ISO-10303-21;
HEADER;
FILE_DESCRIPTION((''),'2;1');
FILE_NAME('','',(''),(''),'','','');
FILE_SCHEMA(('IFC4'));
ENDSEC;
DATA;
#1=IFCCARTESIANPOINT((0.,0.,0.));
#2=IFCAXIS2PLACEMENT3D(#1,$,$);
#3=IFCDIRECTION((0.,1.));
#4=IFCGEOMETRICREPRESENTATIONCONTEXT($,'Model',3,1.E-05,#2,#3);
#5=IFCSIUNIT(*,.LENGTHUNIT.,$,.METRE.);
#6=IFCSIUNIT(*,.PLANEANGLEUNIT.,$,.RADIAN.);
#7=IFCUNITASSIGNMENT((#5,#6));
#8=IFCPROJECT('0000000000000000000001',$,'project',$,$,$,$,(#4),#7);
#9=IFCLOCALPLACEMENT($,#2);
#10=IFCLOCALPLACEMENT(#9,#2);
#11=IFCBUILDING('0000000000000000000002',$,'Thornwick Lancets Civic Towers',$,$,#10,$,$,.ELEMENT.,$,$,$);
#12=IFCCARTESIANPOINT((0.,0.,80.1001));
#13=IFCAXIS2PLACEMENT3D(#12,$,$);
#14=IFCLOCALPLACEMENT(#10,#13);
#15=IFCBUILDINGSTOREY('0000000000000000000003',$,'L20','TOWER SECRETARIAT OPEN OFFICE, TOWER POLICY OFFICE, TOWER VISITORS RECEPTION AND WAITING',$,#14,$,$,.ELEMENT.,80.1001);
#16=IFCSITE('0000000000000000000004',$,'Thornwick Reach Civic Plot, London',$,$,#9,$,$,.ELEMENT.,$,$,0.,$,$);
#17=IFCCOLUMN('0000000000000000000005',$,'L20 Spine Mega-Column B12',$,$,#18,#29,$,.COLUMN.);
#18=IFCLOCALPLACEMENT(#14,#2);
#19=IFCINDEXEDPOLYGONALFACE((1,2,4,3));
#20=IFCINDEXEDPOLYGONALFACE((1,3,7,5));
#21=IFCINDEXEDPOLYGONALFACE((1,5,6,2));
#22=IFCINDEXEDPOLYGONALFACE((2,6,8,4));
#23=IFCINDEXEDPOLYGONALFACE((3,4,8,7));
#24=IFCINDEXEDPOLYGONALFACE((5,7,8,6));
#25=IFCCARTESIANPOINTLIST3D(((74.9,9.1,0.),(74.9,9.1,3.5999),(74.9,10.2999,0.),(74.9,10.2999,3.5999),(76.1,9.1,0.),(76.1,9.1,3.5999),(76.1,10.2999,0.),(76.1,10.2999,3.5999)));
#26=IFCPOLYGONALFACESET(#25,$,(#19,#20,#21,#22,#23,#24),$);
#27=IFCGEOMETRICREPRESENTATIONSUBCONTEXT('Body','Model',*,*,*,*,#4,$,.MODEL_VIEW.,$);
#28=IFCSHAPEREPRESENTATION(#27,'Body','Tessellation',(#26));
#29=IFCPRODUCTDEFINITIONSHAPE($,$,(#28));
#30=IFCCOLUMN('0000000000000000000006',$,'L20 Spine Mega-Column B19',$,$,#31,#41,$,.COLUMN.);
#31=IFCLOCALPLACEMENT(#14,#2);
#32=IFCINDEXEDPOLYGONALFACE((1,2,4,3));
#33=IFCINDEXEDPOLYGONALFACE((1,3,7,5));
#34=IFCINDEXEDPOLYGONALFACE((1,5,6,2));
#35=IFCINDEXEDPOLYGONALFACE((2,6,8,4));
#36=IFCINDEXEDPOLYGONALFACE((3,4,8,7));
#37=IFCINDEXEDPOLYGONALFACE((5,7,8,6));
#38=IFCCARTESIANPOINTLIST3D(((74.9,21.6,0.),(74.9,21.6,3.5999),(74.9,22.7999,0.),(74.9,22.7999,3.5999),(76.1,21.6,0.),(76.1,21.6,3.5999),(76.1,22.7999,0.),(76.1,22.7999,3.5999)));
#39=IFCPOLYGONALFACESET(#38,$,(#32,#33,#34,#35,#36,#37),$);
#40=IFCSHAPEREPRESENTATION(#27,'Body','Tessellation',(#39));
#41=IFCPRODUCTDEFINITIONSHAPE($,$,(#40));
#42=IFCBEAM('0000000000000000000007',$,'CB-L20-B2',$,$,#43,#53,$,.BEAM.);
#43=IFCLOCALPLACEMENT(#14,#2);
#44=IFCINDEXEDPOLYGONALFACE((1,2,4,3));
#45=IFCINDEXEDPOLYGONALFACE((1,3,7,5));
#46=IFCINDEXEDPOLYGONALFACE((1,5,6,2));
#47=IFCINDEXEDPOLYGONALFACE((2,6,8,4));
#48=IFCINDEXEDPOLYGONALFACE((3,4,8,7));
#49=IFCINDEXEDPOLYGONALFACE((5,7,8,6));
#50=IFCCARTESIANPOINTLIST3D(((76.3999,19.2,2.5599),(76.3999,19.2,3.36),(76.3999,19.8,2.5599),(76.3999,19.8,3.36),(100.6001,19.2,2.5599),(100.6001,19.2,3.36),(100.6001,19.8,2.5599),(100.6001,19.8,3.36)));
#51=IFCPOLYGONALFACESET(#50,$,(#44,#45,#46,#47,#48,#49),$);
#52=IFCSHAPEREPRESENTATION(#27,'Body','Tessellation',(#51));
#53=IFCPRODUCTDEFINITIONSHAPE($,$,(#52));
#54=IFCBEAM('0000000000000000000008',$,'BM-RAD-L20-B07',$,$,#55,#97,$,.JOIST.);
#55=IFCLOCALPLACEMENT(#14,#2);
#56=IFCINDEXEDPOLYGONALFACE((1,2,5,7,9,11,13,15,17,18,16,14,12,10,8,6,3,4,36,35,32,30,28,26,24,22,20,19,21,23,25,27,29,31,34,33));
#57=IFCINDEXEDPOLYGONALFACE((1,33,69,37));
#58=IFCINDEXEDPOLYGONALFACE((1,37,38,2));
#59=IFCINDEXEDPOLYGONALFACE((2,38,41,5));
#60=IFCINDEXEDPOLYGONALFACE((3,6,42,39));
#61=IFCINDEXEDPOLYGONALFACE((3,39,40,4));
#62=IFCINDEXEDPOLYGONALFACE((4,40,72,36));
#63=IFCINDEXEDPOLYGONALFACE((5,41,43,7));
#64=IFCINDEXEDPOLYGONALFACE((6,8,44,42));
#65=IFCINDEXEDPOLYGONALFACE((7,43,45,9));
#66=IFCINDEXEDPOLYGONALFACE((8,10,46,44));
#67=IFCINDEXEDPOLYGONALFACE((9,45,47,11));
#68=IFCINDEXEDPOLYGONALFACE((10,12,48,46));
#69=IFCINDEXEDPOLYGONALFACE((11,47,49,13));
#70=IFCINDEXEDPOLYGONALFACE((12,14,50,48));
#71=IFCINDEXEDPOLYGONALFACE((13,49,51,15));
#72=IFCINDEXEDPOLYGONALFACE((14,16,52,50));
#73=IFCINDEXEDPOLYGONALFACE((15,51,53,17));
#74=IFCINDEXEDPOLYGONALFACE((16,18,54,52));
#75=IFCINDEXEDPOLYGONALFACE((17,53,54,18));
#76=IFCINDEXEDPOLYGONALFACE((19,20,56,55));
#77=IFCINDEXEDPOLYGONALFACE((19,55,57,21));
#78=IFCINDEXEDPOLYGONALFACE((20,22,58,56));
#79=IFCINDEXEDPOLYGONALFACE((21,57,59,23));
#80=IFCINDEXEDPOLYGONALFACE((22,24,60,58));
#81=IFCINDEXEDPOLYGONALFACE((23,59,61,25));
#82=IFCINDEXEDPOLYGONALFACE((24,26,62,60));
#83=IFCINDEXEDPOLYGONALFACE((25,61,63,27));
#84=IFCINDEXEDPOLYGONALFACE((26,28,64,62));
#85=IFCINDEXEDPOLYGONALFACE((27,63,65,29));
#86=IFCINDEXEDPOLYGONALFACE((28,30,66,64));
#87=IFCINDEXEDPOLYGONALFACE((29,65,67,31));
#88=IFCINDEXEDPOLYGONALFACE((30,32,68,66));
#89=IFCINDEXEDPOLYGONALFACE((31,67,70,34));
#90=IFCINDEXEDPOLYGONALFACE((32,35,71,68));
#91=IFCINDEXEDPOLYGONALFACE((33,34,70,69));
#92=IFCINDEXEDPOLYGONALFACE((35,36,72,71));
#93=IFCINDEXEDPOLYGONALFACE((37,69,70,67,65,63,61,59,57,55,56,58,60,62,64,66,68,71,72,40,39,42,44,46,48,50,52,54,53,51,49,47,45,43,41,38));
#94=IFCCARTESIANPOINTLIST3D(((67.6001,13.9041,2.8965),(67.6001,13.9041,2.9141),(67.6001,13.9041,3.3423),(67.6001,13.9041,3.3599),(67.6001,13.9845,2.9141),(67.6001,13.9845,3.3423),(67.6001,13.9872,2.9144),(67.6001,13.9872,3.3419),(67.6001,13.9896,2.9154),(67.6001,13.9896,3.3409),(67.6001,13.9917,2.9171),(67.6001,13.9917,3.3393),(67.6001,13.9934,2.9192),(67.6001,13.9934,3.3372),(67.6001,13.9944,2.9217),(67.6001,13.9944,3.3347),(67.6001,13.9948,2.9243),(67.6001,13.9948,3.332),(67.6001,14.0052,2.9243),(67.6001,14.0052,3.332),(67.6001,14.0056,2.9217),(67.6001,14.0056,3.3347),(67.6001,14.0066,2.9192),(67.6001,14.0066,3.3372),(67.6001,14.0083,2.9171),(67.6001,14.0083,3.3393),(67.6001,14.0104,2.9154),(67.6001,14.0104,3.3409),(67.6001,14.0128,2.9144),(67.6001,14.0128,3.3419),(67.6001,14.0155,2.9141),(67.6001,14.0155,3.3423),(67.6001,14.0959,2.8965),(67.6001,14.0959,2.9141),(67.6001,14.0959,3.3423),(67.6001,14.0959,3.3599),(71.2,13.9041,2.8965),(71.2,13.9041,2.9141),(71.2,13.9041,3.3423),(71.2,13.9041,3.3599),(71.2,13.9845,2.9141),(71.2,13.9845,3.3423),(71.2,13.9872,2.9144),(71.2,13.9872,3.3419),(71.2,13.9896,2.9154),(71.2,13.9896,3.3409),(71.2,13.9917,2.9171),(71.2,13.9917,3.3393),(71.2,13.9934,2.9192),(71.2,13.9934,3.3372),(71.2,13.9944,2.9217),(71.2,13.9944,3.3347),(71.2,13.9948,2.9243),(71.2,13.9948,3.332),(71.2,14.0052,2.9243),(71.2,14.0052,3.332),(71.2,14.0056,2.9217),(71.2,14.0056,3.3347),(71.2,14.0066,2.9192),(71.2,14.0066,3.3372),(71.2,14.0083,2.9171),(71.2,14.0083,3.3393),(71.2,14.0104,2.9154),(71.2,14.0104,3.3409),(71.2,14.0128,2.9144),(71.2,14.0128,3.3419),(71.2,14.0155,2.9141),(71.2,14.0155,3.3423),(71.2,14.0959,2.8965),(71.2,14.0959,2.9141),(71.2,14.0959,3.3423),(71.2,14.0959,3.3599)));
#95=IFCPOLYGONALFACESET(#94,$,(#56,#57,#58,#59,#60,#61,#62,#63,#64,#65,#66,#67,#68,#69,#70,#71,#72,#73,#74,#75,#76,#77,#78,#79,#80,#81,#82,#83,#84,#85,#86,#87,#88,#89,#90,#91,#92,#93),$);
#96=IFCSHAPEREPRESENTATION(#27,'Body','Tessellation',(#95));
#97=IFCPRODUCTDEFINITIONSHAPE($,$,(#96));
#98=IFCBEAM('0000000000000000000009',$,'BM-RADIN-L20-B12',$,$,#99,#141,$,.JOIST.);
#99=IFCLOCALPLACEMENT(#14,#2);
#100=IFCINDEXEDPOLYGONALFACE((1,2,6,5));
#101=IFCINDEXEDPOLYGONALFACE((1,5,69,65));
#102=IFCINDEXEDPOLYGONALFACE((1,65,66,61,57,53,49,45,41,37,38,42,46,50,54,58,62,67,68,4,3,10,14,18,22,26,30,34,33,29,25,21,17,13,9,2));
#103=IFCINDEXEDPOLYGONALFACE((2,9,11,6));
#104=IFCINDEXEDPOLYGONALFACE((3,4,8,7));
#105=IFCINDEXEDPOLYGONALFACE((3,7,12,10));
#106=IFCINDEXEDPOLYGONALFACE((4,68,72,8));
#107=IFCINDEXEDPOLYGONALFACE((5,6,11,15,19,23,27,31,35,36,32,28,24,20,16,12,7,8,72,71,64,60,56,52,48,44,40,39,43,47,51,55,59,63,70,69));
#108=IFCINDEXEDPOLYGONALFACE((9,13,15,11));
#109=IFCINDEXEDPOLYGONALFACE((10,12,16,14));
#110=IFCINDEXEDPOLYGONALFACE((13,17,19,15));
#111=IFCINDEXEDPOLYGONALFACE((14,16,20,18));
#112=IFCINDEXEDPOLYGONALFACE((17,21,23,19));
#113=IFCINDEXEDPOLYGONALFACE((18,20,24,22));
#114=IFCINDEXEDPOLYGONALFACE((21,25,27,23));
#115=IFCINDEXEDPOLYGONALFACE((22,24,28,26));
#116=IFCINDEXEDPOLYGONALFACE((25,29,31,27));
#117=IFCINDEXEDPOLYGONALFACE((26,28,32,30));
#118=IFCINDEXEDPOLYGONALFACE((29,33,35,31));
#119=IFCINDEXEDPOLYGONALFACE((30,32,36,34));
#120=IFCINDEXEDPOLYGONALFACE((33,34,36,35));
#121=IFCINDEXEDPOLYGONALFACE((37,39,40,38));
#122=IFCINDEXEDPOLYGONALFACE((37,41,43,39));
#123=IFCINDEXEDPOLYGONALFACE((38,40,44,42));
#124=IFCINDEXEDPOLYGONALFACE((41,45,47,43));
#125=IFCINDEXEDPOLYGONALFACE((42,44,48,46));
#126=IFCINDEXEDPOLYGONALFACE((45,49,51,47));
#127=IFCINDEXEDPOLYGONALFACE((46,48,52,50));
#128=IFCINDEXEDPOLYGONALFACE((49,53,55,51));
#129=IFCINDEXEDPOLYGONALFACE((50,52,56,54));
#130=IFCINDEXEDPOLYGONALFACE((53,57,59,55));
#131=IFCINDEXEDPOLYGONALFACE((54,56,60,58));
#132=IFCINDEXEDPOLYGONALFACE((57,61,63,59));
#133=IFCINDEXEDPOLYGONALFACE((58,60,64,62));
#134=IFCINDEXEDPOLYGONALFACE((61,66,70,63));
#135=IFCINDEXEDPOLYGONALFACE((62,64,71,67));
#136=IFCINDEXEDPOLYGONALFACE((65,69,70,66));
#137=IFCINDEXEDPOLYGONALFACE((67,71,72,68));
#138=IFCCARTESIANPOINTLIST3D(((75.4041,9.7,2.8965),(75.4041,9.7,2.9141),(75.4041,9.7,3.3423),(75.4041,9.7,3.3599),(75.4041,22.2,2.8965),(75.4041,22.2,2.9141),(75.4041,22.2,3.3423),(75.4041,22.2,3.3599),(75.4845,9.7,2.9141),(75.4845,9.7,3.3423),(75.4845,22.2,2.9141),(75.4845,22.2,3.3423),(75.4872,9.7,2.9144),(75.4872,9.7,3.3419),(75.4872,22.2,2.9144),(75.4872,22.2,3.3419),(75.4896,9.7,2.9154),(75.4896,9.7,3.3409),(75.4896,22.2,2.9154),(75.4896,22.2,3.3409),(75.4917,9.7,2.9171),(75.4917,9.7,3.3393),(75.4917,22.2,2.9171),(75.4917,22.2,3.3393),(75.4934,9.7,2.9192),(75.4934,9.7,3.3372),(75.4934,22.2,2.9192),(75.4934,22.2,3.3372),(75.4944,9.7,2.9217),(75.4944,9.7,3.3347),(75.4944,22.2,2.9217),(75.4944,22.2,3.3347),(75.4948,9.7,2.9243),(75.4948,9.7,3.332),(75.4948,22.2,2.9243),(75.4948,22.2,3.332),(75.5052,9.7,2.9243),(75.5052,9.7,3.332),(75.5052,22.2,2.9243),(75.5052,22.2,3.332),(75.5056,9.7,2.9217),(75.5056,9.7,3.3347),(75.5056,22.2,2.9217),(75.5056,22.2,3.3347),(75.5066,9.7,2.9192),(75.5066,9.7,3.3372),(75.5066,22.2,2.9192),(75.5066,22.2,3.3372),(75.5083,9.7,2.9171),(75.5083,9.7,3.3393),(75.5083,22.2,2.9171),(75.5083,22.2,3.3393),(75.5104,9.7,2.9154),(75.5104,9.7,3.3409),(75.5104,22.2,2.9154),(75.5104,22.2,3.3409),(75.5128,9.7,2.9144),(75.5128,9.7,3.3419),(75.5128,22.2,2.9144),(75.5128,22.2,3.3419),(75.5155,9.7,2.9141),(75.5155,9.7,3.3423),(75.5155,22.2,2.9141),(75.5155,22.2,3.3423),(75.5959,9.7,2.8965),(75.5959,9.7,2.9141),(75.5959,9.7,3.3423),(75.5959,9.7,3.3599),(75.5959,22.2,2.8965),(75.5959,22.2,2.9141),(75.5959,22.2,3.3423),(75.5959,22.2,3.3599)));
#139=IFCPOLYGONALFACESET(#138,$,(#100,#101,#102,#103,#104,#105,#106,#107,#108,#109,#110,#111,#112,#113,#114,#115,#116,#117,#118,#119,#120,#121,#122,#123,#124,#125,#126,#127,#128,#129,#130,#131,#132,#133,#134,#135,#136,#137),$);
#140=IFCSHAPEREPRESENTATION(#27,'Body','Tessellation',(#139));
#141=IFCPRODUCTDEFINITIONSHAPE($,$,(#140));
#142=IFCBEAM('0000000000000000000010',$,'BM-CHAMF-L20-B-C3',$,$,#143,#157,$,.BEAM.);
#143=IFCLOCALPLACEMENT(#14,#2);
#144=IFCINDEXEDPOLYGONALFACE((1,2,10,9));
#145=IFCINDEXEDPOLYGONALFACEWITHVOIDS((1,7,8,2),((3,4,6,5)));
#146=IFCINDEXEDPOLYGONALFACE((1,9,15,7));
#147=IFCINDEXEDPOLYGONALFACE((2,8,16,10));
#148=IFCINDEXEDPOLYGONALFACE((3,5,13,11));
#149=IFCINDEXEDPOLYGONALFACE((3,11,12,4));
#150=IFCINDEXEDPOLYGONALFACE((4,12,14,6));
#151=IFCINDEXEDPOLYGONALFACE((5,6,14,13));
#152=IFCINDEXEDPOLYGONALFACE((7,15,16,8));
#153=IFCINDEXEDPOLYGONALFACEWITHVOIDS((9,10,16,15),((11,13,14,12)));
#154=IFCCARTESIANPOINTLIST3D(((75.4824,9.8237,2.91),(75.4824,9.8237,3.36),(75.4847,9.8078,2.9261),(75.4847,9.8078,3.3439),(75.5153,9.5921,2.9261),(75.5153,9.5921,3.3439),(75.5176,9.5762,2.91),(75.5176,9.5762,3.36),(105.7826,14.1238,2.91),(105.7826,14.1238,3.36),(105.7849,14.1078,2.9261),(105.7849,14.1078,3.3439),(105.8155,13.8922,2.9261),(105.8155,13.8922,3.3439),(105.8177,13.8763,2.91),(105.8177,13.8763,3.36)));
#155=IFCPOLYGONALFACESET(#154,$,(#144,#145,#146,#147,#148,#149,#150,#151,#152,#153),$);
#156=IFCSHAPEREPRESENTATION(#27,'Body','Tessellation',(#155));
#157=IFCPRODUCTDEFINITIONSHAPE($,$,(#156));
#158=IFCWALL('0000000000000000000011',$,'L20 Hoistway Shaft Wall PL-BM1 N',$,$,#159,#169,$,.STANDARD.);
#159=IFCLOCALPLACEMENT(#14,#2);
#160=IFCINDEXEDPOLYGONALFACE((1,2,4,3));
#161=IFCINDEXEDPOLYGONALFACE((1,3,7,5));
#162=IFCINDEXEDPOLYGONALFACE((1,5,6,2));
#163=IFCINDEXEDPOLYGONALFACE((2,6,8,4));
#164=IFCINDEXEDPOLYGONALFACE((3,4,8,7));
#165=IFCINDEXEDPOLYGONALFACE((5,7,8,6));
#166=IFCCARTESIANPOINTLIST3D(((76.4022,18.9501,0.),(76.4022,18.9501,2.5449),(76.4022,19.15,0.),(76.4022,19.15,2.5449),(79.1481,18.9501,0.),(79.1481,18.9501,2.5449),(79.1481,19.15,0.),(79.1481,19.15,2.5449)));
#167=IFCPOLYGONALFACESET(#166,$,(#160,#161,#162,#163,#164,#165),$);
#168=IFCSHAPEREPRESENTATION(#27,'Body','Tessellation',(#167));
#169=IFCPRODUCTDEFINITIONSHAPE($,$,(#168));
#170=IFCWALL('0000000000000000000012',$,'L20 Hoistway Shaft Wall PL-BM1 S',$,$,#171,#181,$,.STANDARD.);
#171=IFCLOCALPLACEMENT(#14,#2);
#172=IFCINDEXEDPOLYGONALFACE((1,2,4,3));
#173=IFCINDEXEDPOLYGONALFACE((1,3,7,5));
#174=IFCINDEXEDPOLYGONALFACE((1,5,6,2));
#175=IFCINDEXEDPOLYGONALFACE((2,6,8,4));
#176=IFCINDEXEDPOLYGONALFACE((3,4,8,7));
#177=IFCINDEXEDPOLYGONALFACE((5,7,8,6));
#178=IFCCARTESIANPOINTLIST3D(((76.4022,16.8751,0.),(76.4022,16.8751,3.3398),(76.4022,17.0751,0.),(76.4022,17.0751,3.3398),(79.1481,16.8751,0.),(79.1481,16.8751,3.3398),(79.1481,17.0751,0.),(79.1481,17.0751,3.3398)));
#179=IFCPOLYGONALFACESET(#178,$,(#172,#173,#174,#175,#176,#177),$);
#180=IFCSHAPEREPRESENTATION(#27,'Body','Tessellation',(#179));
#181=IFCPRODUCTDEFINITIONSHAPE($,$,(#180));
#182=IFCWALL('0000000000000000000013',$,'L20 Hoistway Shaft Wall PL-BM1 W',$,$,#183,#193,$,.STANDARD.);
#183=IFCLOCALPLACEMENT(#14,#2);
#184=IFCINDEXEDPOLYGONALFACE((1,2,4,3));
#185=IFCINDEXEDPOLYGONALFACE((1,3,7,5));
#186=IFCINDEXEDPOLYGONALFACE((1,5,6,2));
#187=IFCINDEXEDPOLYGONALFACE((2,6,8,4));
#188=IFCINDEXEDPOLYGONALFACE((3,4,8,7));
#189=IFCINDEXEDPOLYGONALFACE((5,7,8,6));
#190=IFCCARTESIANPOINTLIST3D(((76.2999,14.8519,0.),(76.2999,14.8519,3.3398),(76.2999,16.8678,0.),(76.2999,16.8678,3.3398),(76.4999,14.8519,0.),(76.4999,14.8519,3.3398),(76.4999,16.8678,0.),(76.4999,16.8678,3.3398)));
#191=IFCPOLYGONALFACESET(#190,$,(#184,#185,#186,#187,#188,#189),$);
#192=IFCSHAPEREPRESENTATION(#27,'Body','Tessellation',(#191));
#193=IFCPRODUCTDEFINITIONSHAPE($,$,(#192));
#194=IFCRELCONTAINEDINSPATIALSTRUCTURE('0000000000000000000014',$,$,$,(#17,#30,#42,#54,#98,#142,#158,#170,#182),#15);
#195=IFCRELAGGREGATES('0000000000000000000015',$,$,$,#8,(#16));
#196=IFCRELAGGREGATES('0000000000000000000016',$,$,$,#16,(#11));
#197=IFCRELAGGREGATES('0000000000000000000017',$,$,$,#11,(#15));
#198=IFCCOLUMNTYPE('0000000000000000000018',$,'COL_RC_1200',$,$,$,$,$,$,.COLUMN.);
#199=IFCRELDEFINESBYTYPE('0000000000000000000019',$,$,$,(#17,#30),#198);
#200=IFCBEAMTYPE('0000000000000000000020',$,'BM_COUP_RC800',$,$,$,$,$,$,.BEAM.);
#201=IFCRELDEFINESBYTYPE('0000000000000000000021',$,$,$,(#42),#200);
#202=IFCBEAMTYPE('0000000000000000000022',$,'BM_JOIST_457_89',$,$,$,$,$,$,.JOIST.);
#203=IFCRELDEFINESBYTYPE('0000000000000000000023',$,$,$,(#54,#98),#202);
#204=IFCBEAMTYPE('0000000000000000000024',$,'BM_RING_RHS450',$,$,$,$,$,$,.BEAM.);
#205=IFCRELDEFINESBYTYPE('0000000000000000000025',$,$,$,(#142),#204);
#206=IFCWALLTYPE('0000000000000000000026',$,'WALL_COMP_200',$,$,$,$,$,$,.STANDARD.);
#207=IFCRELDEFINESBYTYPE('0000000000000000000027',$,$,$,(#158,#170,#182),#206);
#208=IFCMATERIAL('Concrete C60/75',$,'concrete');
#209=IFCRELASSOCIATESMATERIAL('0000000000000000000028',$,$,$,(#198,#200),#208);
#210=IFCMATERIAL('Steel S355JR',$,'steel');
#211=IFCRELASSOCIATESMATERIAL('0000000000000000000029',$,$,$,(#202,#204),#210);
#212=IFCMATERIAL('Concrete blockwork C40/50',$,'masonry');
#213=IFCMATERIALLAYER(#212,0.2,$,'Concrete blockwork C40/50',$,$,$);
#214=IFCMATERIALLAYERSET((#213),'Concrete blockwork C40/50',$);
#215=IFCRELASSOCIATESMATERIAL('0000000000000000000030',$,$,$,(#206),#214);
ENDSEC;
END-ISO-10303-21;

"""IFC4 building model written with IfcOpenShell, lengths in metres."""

from ifc_helpers import new_model, si_unit, direction, frame, frame_2d, origin, origin_2d, place, context, subcontext, project, spatial, rectangle, hollow_rectangle, i_section, extrude, material, layer, layer_set, material_profile, profile_set, type_object, element, save


model = new_model("IFC4")

# Units and contexts
model_context = context("Model", 3, precision=1e-05, world=origin(), true_north=direction((0.0, 1.0)))
body_context = subcontext(model_context, "Body", "Model", "MODEL_VIEW")
ifc_project = project(units=[si_unit("LENGTHUNIT", "METRE"), si_unit("PLANEANGLEUNIT", "RADIAN")], contexts=[model_context])

# Site, building, storey
site_placement = place(None, origin())
site = spatial("IfcSite", under=ifc_project, at=site_placement, Name="Thornwick Reach Civic Plot, London", CompositionType="ELEMENT", RefElevation=0.0)
building_placement = place(site_placement, origin())
building = spatial("IfcBuilding", under=site, at=building_placement, Name="Thornwick Lancets Civic Towers", CompositionType="ELEMENT")
storey_placement = place(building_placement, frame((0.0, 0.0, 80.1001)))
storey = spatial("IfcBuildingStorey", under=building, at=storey_placement, Name="L20", Description="TOWER SECRETARIAT OPEN OFFICE, TOWER POLICY OFFICE, TOWER VISITORS RECEPTION AND WAITING", CompositionType="ELEMENT", Elevation=80.1001)

# Columns
ifc_material_1 = material(Name="Concrete C60/75", Category="concrete")
ifc_material_profile_1 = material_profile(ifc_material_1, rectangle(XDim=1.2, YDim=1.2, at=origin_2d()), Name="RC 1200x1200")
ifc_profile_set_1 = profile_set([ifc_material_profile_1], Name="Concrete C60/75")
column_type = type_object("IfcColumnType", Name="COL_RC_1200", PredefinedType="COLUMN", material=ifc_profile_set_1)
for number, where, z_axis, x_axis, name in (
    (1, (75.5, 9.7, 0.0), (0.0, 0.0, 1.0), (1.0, 0.0, 0.0), "L20 Spine Mega-Column B12"),
    (2, (75.5, 22.2, 0.0), (0.0, 0.0, 1.0), (1.0, 0.0, 0.0), "L20 Spine Mega-Column B19"),
):
    element("IfcColumn", number, at=place(storey_placement, frame(where, z_axis=z_axis, x_axis=x_axis)), inside=storey, type_object=column_type, Name=name, PredefinedType="COLUMN", context=body_context, shape_type="SweptSolid", body=[
        extrude(rectangle(XDim=1.2, YDim=1.2, at=origin_2d()), origin(), (0.0, 0.0, 1.0), 3.5999),
    ])

# Beams
ifc_material_profile_2 = material_profile(ifc_material_1, rectangle(XDim=0.6001, YDim=0.8, at=origin_2d()), Name="RC 600x800")
ifc_profile_set_2 = profile_set([ifc_material_profile_2], Name="Concrete C60/75")
beam_type_1 = type_object("IfcBeamType", Name="BM_COUP_RC800", PredefinedType="BEAM", material=ifc_profile_set_2)
beam_1_placement = place(storey_placement, frame((76.3999, 19.5, 2.96), z_axis=(1.0, 0.0, 0.0), x_axis=(0.0, 1.0, 0.0)))
element("IfcBeam", 3, at=beam_1_placement, inside=storey, type_object=beam_type_1, Name="CB-L20-B2", PredefinedType="BEAM", context=body_context, shape_type="SweptSolid", body=[
    extrude(rectangle(XDim=0.6001, YDim=0.8, at=origin_2d()), origin(), (0.0, 0.0, 1.0), 24.2002),
])
ifc_material_2 = material(Name="Steel S355JR", Category="steel")
ifc_material_profile_3 = material_profile(ifc_material_2, i_section(OverallWidth=0.1919, OverallDepth=0.4634, WebThickness=0.0105, FlangeThickness=0.0176, FilletRadius=0.0103, at=origin_2d()), Name="UKB 457x191x89")
ifc_profile_set_3 = profile_set([ifc_material_profile_3], Name="Steel S355JR")
beam_type_2 = type_object("IfcBeamType", Name="BM_JOIST_457_89", PredefinedType="JOIST", material=ifc_profile_set_3)
beam_2_placement = place(storey_placement, frame((71.2, 14.0, 3.1282), z_axis=(-1.0, 0.0, 0.0), x_axis=(0.0, -1.0, 0.0)))
element("IfcBeam", 4, at=beam_2_placement, inside=storey, type_object=beam_type_2, Name="BM-RAD-L20-B07", PredefinedType="JOIST", context=body_context, shape_type="SweptSolid", body=[
    extrude(i_section(OverallWidth=0.1919, OverallDepth=0.4634, WebThickness=0.0105, FlangeThickness=0.0176, FilletRadius=0.0103, at=origin_2d()), origin(), (0.0, 0.0, 1.0), 3.5999),
])
beam_3_placement = place(storey_placement, frame((75.5, 22.2, 3.1282), z_axis=(0.0, -1.0, 0.0), x_axis=(1.0, 0.0, 0.0)))
element("IfcBeam", 5, at=beam_3_placement, inside=storey, type_object=beam_type_2, Name="BM-RADIN-L20-B12", PredefinedType="JOIST", context=body_context, shape_type="SweptSolid", body=[
    extrude(i_section(OverallWidth=0.1919, OverallDepth=0.4634, WebThickness=0.0105, FlangeThickness=0.0176, FilletRadius=0.0103, at=origin_2d()), origin(), (0.0, 0.0, 1.0), 12.5),
])
ifc_material_profile_4 = material_profile(ifc_material_2, hollow_rectangle(XDim=0.25, YDim=0.45, WallThickness=0.0161, at=origin_2d()), Name="RHS 450x250x16")
ifc_profile_set_4 = profile_set([ifc_material_profile_4], Name="Steel S355JR")
beam_type_3 = type_object("IfcBeamType", Name="BM_RING_RHS450", PredefinedType="BEAM", material=ifc_profile_set_4)
beam_4_placement = place(storey_placement, frame((75.5, 9.7, 3.135), z_axis=(0.99008, 0.140508, 0.0), x_axis=(-0.140508, 0.99008, 0.0)))
element("IfcBeam", 6, at=beam_4_placement, inside=storey, type_object=beam_type_3, Name="BM-CHAMF-L20-B-C3", PredefinedType="BEAM", context=body_context, shape_type="SweptSolid", body=[
    extrude(hollow_rectangle(XDim=0.25, YDim=0.45, WallThickness=0.0161, at=origin_2d()), origin(), (0.0, 0.0, 1.0), 30.6038),
])

# Walls
ifc_material_3 = material(Name="Concrete blockwork C40/50", Category="masonry")
ifc_layer_1 = layer(ifc_material_3, 0.2, Name="Concrete blockwork C40/50")
ifc_layer_set_1 = layer_set([ifc_layer_1], Name="Concrete blockwork C40/50")
wall_type_1 = type_object("IfcWallType", Name="WALL_COMP_200", PredefinedType="STANDARD", material=ifc_layer_set_1)
wall_1_placement = place(storey_placement, frame((76.4021, 19.05, 0.0), z_axis=(0.0, 0.0, 1.0), x_axis=(1.0, 0.0, 0.0)))
element("IfcWall", 7, at=wall_1_placement, inside=storey, type_object=wall_type_1, Name="L20 Hoistway Shaft Wall PL-BM1 N", PredefinedType="STANDARD", context=body_context, shape_type="SweptSolid", body=[
    extrude(rectangle(XDim=2.7458, YDim=0.2, at=frame_2d((1.373, 0.0))), origin(), (0.0, 0.0, 1.0), 2.5449),
])
wall_2_placement = place(storey_placement, frame((76.4021, 16.9751, 0.0), z_axis=(0.0, 0.0, 1.0), x_axis=(1.0, 0.0, 0.0)))
element("IfcWall", 8, at=wall_2_placement, inside=storey, type_object=wall_type_1, Name="L20 Hoistway Shaft Wall PL-BM1 S", PredefinedType="STANDARD", context=body_context, shape_type="SweptSolid", body=[
    extrude(rectangle(XDim=2.7458, YDim=0.2, at=frame_2d((1.373, 0.0))), origin(), (0.0, 0.0, 1.0), 3.3398),
])
wall_3_placement = place(storey_placement, frame((76.3999, 14.8521, 0.0), z_axis=(0.0, 0.0, 1.0), x_axis=(0.0, 1.0, 0.0)))
element("IfcWall", 9, at=wall_3_placement, inside=storey, type_object=wall_type_1, Name="L20 Hoistway Shaft Wall PL-BM1 W", PredefinedType="STANDARD", context=body_context, shape_type="SweptSolid", body=[
    extrude(rectangle(XDim=2.0159, YDim=0.2, at=frame_2d((1.0078, 0.0))), origin(), (0.0, 0.0, 1.0), 3.3398),
])

save(model, "model.ifc")
